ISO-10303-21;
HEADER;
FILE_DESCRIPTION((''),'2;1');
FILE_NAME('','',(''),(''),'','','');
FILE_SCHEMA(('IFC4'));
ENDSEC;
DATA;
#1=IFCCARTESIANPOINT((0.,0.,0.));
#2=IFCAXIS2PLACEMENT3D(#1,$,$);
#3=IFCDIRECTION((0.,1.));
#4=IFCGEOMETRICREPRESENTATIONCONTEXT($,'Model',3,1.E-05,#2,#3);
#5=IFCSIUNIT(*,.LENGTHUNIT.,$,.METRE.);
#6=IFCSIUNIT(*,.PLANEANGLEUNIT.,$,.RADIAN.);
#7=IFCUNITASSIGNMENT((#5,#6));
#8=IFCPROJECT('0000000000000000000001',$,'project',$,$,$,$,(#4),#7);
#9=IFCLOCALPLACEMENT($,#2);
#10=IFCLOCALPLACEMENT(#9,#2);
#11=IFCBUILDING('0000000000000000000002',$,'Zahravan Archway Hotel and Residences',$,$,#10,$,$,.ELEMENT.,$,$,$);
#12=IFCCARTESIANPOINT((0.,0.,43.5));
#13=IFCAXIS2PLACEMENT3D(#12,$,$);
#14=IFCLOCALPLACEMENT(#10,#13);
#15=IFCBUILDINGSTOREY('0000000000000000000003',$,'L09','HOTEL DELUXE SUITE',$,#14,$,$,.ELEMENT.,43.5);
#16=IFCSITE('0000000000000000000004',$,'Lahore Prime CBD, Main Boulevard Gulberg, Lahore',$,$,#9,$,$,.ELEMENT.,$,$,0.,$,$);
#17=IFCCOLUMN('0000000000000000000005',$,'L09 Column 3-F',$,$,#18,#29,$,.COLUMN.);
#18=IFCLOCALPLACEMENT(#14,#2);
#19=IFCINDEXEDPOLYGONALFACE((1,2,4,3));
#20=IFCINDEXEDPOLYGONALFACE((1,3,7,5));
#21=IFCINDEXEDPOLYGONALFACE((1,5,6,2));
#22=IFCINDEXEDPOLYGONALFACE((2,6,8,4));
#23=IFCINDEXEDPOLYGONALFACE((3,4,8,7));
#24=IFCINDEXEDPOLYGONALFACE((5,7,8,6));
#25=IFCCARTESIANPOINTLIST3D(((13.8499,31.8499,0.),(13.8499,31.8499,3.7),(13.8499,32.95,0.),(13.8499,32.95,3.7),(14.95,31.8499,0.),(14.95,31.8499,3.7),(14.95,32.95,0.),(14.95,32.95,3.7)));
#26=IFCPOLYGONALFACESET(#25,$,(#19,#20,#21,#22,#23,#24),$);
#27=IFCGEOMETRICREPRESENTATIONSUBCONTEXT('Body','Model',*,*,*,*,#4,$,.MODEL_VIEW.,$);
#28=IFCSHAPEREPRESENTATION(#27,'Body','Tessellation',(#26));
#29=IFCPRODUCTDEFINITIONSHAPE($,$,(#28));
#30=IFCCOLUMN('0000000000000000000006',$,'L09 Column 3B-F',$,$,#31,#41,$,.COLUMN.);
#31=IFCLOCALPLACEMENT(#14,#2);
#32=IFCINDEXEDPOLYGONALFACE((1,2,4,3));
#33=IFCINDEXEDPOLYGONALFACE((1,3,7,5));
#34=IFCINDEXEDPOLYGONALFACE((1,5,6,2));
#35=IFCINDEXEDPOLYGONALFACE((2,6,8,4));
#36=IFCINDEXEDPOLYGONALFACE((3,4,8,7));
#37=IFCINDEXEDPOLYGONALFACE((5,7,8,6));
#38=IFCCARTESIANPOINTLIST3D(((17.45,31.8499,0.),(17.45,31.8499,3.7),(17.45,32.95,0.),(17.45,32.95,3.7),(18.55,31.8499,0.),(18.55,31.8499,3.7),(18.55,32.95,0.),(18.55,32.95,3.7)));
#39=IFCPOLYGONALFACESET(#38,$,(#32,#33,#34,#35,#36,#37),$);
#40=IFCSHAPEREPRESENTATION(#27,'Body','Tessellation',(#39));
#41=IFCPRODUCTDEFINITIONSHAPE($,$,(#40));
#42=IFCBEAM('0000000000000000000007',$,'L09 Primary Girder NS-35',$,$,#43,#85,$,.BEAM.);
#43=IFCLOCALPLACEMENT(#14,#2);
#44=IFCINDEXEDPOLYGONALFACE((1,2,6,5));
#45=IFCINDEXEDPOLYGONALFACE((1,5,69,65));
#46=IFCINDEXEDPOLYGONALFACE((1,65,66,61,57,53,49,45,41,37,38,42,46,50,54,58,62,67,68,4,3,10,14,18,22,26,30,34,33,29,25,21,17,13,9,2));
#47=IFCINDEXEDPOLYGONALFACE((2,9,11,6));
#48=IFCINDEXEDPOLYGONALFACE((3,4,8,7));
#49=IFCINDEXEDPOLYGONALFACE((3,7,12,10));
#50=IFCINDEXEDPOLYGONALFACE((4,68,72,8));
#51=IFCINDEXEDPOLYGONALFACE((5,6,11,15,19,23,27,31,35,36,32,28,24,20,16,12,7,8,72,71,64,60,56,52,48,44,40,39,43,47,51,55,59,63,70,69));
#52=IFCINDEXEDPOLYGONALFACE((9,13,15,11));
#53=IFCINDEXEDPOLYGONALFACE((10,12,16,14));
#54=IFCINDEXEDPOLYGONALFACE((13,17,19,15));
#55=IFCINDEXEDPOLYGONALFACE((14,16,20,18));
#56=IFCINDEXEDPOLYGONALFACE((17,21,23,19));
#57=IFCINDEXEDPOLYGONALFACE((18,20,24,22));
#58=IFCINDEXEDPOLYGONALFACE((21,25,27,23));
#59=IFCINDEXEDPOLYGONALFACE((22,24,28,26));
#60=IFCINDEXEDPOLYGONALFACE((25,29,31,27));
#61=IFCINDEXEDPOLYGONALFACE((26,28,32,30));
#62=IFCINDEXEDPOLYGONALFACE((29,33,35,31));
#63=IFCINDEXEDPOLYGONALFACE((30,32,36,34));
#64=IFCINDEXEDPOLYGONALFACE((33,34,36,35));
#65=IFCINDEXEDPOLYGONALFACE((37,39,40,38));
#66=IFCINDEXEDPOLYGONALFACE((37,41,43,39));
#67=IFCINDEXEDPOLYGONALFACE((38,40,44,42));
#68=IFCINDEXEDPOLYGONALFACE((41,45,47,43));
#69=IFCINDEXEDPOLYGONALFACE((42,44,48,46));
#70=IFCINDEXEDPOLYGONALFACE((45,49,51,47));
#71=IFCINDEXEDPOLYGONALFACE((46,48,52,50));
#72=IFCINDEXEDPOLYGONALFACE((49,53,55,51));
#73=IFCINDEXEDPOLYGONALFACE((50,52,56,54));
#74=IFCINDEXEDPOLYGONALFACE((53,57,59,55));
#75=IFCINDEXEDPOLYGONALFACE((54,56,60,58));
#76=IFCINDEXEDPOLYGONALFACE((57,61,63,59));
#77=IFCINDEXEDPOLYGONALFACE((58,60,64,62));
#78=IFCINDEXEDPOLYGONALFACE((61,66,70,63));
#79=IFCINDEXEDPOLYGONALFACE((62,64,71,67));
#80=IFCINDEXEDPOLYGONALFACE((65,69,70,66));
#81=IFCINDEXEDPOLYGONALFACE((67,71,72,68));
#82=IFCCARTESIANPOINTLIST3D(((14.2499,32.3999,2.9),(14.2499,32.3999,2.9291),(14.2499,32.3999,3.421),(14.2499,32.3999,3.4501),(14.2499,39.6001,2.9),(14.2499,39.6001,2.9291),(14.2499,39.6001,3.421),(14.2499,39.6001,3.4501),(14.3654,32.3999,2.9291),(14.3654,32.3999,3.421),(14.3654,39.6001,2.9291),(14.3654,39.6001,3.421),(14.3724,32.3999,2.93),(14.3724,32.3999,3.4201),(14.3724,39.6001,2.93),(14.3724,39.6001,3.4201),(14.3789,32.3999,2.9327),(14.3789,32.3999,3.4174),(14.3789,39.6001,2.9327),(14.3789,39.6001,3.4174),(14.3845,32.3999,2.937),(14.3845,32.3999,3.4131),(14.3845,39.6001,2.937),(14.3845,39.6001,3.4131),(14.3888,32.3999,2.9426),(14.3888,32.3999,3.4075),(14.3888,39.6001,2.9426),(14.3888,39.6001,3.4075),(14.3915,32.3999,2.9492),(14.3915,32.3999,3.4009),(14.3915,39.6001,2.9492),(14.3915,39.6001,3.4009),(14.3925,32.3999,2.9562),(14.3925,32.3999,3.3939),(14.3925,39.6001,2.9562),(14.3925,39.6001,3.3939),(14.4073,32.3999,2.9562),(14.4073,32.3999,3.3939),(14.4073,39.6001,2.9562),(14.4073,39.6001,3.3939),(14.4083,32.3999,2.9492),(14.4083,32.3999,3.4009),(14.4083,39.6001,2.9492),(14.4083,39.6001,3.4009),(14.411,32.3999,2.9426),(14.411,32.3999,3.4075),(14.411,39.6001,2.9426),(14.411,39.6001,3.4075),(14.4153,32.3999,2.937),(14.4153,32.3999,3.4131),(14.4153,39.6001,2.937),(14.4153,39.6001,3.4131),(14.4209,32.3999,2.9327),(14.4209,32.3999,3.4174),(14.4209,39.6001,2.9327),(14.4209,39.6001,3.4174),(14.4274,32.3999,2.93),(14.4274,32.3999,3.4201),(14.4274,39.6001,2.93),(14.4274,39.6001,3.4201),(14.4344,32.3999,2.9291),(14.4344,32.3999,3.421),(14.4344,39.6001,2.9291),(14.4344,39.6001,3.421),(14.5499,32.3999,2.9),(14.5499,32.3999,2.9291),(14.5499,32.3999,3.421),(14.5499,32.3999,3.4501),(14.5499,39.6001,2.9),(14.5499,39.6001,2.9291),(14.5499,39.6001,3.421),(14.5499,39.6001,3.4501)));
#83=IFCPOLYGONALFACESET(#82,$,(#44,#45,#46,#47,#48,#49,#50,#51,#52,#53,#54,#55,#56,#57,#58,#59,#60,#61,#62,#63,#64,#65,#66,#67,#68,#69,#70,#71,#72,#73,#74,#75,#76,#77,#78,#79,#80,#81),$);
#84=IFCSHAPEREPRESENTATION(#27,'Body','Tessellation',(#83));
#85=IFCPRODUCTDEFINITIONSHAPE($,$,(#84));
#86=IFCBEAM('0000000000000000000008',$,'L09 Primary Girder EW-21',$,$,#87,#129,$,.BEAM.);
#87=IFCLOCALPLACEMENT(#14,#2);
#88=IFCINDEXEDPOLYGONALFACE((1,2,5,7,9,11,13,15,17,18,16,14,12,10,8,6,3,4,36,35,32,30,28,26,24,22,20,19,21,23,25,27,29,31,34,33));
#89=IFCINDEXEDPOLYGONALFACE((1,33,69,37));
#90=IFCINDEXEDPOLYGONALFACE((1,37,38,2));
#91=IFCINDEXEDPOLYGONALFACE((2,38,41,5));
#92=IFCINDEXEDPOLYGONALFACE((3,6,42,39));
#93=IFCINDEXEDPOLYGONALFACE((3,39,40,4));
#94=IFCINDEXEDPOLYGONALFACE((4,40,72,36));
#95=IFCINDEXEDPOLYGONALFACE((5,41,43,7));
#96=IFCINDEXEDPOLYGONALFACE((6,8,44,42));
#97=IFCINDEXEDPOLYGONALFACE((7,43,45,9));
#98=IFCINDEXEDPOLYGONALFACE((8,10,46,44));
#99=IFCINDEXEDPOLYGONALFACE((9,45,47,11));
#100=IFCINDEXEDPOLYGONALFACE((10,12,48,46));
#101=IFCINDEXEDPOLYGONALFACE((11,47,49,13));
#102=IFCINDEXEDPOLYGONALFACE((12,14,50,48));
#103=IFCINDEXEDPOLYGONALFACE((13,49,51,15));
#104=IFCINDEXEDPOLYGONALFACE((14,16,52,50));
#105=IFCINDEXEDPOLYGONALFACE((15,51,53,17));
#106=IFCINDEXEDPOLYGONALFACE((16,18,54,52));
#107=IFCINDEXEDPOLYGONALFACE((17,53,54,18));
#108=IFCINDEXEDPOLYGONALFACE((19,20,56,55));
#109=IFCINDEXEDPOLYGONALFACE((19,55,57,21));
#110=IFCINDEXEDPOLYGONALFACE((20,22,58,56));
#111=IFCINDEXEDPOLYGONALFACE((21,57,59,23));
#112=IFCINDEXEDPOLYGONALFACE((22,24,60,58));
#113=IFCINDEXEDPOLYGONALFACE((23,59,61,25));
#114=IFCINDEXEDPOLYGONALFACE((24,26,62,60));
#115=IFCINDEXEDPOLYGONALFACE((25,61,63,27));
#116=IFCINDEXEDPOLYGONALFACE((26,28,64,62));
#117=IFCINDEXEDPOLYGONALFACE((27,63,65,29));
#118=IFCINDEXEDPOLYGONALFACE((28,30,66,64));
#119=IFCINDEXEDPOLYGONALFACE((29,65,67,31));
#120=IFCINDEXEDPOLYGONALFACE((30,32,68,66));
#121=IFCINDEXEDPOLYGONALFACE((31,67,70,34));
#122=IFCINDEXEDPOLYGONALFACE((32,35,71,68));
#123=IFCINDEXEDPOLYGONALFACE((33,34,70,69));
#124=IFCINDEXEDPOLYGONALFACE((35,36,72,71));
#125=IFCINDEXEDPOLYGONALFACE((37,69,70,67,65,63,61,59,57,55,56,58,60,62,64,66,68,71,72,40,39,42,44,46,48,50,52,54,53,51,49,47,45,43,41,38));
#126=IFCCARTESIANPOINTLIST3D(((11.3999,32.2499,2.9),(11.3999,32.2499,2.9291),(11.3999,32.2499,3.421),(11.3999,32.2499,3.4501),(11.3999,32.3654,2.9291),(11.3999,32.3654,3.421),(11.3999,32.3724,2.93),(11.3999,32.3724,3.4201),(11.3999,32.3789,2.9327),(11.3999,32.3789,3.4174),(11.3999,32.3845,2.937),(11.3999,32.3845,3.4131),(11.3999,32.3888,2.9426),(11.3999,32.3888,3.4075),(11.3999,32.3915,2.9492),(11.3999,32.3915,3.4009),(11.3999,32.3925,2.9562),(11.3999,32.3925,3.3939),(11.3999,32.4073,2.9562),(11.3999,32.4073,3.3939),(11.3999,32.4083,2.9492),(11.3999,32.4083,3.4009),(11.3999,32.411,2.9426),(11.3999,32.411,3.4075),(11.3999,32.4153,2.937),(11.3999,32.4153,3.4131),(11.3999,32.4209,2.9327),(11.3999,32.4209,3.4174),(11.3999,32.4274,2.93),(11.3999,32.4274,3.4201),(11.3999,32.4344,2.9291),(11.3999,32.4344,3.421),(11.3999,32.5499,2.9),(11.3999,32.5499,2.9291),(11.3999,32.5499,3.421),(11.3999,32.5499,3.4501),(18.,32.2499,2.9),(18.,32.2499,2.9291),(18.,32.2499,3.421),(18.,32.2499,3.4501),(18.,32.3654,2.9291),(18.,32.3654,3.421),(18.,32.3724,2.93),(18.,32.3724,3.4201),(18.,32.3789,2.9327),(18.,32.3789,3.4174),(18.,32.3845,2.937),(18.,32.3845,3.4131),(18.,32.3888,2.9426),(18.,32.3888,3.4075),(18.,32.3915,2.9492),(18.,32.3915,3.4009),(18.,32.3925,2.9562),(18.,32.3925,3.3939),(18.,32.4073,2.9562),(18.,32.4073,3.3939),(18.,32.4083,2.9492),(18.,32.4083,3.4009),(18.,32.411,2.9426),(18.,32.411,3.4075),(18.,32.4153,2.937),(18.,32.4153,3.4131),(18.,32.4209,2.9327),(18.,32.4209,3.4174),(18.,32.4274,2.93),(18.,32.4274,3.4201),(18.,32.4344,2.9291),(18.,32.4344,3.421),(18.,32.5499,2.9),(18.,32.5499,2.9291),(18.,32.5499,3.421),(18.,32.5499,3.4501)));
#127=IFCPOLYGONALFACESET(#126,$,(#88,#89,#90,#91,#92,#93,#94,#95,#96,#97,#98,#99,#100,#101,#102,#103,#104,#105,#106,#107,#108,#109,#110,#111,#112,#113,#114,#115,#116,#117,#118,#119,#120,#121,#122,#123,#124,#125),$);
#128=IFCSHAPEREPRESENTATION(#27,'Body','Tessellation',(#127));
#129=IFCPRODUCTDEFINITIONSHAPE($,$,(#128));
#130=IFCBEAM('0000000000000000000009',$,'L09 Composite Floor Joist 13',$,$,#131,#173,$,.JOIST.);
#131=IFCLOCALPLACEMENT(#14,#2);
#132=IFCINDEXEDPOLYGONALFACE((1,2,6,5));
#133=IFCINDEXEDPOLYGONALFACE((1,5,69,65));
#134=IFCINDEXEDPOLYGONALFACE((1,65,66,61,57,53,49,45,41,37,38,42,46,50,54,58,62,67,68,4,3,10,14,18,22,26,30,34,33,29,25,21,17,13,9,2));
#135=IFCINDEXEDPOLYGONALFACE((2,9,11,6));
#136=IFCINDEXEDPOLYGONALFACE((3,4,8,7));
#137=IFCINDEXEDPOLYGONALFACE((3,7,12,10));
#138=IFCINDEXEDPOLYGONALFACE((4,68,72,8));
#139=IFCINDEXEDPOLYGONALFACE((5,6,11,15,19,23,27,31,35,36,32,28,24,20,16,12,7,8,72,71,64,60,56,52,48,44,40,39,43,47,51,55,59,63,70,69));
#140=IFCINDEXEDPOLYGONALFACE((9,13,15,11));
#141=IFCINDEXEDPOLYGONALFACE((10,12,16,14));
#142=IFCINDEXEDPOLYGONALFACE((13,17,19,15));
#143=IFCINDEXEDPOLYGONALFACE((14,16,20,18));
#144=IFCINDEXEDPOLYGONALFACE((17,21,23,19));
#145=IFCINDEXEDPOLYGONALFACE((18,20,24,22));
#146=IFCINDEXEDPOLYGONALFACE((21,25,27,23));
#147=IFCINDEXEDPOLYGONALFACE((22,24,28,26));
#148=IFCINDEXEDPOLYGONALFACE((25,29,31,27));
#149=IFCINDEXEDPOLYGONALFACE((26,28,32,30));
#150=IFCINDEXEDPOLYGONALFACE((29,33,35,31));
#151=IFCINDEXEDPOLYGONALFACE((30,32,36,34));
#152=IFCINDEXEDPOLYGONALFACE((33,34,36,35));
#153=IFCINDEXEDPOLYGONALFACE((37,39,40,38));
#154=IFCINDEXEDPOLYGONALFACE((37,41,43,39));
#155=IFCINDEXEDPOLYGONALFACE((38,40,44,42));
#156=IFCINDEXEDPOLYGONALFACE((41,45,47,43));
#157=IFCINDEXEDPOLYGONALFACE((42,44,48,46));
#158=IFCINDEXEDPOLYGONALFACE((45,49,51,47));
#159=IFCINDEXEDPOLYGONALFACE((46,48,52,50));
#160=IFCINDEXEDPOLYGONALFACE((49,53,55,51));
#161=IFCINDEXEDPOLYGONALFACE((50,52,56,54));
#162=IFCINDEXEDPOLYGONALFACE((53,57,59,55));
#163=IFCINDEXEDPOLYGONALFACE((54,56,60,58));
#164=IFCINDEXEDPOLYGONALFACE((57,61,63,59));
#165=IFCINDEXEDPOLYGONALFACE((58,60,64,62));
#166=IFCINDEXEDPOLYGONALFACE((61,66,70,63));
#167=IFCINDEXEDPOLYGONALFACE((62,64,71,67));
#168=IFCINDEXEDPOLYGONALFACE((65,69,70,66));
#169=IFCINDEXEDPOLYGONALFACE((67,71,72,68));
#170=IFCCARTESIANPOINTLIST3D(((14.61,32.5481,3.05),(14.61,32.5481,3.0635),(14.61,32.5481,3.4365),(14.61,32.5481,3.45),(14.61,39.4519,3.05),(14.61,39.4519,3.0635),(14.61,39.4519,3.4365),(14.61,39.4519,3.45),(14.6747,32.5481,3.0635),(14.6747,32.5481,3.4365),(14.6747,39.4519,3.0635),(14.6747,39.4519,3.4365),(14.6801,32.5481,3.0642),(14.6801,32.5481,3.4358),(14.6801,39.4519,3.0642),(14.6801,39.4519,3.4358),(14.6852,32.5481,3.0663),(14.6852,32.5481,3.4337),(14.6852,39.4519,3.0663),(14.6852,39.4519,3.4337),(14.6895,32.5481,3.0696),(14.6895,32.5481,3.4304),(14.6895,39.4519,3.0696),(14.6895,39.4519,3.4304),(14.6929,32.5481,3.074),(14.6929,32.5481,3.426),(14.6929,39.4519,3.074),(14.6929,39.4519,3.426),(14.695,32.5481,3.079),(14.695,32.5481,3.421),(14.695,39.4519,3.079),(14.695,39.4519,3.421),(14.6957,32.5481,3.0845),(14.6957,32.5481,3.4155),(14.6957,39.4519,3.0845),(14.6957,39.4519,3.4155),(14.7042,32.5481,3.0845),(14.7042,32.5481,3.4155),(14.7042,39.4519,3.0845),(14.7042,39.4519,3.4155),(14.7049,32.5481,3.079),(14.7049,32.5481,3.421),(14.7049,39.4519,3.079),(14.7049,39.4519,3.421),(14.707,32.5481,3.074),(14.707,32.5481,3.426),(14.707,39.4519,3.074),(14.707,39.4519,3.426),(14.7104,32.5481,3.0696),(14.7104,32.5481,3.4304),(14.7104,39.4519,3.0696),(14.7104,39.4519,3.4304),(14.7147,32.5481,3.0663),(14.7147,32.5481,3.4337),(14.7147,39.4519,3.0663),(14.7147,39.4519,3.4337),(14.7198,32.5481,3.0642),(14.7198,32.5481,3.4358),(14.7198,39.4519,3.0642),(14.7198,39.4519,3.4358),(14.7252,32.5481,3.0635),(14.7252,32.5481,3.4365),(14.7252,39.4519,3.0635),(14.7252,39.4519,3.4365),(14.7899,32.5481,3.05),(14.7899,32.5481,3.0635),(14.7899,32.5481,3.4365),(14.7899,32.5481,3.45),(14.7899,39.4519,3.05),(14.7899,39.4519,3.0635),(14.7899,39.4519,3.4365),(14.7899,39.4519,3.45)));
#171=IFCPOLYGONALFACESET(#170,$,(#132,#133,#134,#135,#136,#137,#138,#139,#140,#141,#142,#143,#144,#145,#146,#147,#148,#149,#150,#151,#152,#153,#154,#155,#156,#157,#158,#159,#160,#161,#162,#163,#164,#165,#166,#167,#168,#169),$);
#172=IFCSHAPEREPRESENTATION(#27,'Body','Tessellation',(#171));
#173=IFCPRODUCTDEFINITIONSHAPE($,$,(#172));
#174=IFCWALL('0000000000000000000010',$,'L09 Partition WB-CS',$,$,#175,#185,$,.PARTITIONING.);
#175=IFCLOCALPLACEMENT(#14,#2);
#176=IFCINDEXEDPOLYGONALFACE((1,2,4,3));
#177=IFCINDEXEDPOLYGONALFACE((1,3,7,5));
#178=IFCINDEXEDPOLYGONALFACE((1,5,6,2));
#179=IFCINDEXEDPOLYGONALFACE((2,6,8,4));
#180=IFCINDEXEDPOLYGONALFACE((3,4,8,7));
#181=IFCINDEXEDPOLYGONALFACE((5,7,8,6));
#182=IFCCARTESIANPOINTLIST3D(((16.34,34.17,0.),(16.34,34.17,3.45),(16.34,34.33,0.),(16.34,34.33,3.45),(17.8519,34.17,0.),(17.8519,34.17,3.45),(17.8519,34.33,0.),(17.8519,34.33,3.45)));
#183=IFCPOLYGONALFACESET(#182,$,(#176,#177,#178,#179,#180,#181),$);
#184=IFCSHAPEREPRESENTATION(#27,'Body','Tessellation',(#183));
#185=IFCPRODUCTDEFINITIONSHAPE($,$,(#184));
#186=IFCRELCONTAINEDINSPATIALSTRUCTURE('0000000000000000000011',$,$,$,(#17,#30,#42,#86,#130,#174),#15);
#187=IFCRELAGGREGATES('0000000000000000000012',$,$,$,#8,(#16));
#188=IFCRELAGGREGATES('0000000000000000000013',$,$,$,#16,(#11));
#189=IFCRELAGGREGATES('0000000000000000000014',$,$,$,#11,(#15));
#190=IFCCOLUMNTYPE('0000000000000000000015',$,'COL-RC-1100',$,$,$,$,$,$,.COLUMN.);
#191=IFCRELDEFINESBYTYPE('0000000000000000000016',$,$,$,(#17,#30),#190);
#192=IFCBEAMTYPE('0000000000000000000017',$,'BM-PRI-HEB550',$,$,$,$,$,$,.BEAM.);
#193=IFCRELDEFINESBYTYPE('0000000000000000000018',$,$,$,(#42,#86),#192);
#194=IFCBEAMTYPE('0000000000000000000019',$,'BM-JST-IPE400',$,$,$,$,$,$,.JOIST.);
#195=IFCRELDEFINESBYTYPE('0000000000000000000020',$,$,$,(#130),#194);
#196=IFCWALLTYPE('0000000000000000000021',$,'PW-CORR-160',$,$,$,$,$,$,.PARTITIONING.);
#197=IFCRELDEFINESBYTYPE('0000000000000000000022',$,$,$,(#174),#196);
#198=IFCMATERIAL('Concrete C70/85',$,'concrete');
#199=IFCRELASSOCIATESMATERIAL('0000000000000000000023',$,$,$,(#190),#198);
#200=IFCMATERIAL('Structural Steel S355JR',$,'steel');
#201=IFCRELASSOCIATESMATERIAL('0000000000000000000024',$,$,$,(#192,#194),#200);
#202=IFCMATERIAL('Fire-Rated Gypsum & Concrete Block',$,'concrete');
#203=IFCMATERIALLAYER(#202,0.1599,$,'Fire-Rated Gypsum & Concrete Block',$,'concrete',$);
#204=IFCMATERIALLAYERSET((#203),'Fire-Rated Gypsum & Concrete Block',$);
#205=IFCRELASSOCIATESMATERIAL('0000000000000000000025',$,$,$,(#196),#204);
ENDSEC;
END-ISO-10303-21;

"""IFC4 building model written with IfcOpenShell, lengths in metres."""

from ifc_helpers import new_model, si_unit, direction, frame, frame_2d, origin, origin_2d, place, context, subcontext, project, spatial, rectangle, i_section, extrude, source, transform, mapped, material, layer, layer_set, material_profile, profile_set, type_object, type_shapes, element, save


model = new_model("IFC4")

# Units and contexts
model_context = context("Model", 3, precision=1e-05, world=origin(), true_north=direction((0.0, 1.0)))
body_context = subcontext(model_context, "Body", "Model", "MODEL_VIEW")
ifc_project = project(units=[si_unit("LENGTHUNIT", "METRE"), si_unit("PLANEANGLEUNIT", "RADIAN")], contexts=[model_context])

# Site, building, storey
site_placement = place(None, origin())
site = spatial("IfcSite", under=ifc_project, at=site_placement, Name="Lahore Prime CBD, Main Boulevard Gulberg, Lahore", CompositionType="ELEMENT", RefElevation=0.0)
building_placement = place(site_placement, origin())
building = spatial("IfcBuilding", under=site, at=building_placement, Name="Zahravan Archway Hotel and Residences", CompositionType="ELEMENT")
storey_placement = place(building_placement, frame((0.0, 0.0, 43.5)))
storey = spatial("IfcBuildingStorey", under=building, at=storey_placement, Name="L09", Description="HOTEL DELUXE SUITE", CompositionType="ELEMENT", Elevation=43.5)

# Columns
ifc_material_1 = material(Name="Concrete C70/85", Category="concrete")
ifc_material_profile_1 = material_profile(ifc_material_1, rectangle(XDim=1.1001, YDim=1.1001, at=origin_2d()), Name="RC 1100x1100", Category="concrete")
ifc_profile_set_1 = profile_set([ifc_material_profile_1], Name="Concrete C70/85")
column_type = type_object("IfcColumnType", Name="COL-RC-1100", PredefinedType="COLUMN", material=ifc_profile_set_1)
shared_shape_1 = source(origin(), body_context, "Body", "SweptSolid", [
    extrude(rectangle(XDim=1.1001, YDim=1.1001, at=origin_2d()), origin(), (0.0, 0.0, 1.0), 3.7),
])
for number, where, z_axis, x_axis, name in (
    (1, (14.3999, 32.3999, 0.0), (0.0, 0.0, 1.0), (1.0, 0.0, 0.0), "L09 Column 3-F"),
    (2, (18.0, 32.3999, 0.0), (0.0, 0.0, 1.0), (1.0, 0.0, 0.0), "L09 Column 3B-F"),
):
    element("IfcColumn", number, at=place(storey_placement, frame(where, z_axis=z_axis, x_axis=x_axis)), inside=storey, type_object=column_type, Name=name, PredefinedType="COLUMN", context=body_context, shape_type="MappedRepresentation", body=[
        mapped(shared_shape_1, transform((0.0, 0.0, 0.0), scale=1.0)),
    ])

# Beams
ifc_material_2 = material(Name="Structural Steel S355JR", Category="steel")
ifc_material_profile_2 = material_profile(ifc_material_2, i_section(OverallWidth=0.3, OverallDepth=0.55, WebThickness=0.0149, FlangeThickness=0.0291, FilletRadius=0.0271, at=origin_2d()), Name="HEB 550", Category="steel")
ifc_profile_set_2 = profile_set([ifc_material_profile_2], Name="Structural Steel S355JR")
beam_type_1 = type_object("IfcBeamType", Name="BM-PRI-HEB550", PredefinedType="BEAM", material=ifc_profile_set_2)
shared_shape_2 = source(origin(), body_context, "Body", "SweptSolid", [
    extrude(i_section(OverallWidth=0.3, OverallDepth=0.55, WebThickness=0.0149, FlangeThickness=0.0291, FilletRadius=0.0271, at=origin_2d()), origin(), (0.0, 0.0, 1.0), 7.2002),
])
type_shapes(beam_type_1, [shared_shape_2])
beam_1_placement = place(storey_placement, frame((14.3999, 32.3999, 3.175), z_axis=(0.0, 1.0, 0.0), x_axis=(-1.0, 0.0, 0.0)))
element("IfcBeam", 3, at=beam_1_placement, inside=storey, type_object=beam_type_1, Name="L09 Primary Girder NS-35", PredefinedType="BEAM", context=body_context, shape_type="MappedRepresentation", body=[
    mapped(shared_shape_2, transform((0.0, 0.0, 0.0), scale=1.0)),
])
shared_shape_3 = source(origin(), body_context, "Body", "SweptSolid", [
    extrude(i_section(OverallWidth=0.3, OverallDepth=0.55, WebThickness=0.0149, FlangeThickness=0.0291, FilletRadius=0.0271, at=origin_2d()), origin(), (0.0, 0.0, 1.0), 6.6001),
])
beam_2_placement = place(storey_placement, frame((11.3999, 32.3999, 3.175), z_axis=(1.0, 0.0, 0.0), x_axis=(0.0, 1.0, 0.0)))
element("IfcBeam", 4, at=beam_2_placement, inside=storey, type_object=beam_type_1, Name="L09 Primary Girder EW-21", PredefinedType="BEAM", context=body_context, shape_type="MappedRepresentation", body=[
    mapped(shared_shape_3, transform((0.0, 0.0, 0.0), scale=1.0)),
])
ifc_material_profile_3 = material_profile(ifc_material_2, i_section(OverallWidth=0.1799, OverallDepth=0.3999, WebThickness=0.0085, FlangeThickness=0.0134, FilletRadius=0.021, at=origin_2d()), Name="IPE 400", Category="steel")
ifc_profile_set_3 = profile_set([ifc_material_profile_3], Name="Structural Steel S355JR")
beam_type_2 = type_object("IfcBeamType", Name="BM-JST-IPE400", PredefinedType="JOIST", material=ifc_profile_set_3)
shared_shape_4 = source(origin(), body_context, "Body", "SweptSolid", [
    extrude(i_section(OverallWidth=0.1799, OverallDepth=0.3999, WebThickness=0.0085, FlangeThickness=0.0134, FilletRadius=0.021, at=origin_2d()), origin(), (0.0, 0.0, 1.0), 6.9038),
])
beam_3_placement = place(storey_placement, frame((14.7, 32.5481, 3.25), z_axis=(0.0, 1.0, 0.0), x_axis=(-1.0, 0.0, 0.0)))
element("IfcBeam", 5, at=beam_3_placement, inside=storey, type_object=beam_type_2, Name="L09 Composite Floor Joist 13", PredefinedType="JOIST", context=body_context, shape_type="MappedRepresentation", body=[
    mapped(shared_shape_4, transform((0.0, 0.0, 0.0), scale=1.0)),
])

# Wall
ifc_material_3 = material(Name="Fire-Rated Gypsum & Concrete Block", Category="concrete")
ifc_layer_1 = layer(ifc_material_3, 0.1599, Name="Fire-Rated Gypsum & Concrete Block", Category="concrete")
ifc_layer_set_1 = layer_set([ifc_layer_1], Name="Fire-Rated Gypsum & Concrete Block")
wall_type_1 = type_object("IfcWallType", Name="PW-CORR-160", PredefinedType="PARTITIONING", material=ifc_layer_set_1)
wall_1_placement = place(storey_placement, frame((16.3401, 34.25, 0.0), z_axis=(0.0, 0.0, 1.0), x_axis=(1.0, 0.0, 0.0)))
element("IfcWall", 6, at=wall_1_placement, inside=storey, type_object=wall_type_1, Name="L09 Partition WB-CS", PredefinedType="PARTITIONING", context=body_context, shape_type="SweptSolid", body=[
    extrude(rectangle(XDim=1.512, YDim=0.1599, at=frame_2d((0.7559, 0.0))), origin(), (0.0, 0.0, 1.0), 3.45),
])

save(model, "model.ifc")
